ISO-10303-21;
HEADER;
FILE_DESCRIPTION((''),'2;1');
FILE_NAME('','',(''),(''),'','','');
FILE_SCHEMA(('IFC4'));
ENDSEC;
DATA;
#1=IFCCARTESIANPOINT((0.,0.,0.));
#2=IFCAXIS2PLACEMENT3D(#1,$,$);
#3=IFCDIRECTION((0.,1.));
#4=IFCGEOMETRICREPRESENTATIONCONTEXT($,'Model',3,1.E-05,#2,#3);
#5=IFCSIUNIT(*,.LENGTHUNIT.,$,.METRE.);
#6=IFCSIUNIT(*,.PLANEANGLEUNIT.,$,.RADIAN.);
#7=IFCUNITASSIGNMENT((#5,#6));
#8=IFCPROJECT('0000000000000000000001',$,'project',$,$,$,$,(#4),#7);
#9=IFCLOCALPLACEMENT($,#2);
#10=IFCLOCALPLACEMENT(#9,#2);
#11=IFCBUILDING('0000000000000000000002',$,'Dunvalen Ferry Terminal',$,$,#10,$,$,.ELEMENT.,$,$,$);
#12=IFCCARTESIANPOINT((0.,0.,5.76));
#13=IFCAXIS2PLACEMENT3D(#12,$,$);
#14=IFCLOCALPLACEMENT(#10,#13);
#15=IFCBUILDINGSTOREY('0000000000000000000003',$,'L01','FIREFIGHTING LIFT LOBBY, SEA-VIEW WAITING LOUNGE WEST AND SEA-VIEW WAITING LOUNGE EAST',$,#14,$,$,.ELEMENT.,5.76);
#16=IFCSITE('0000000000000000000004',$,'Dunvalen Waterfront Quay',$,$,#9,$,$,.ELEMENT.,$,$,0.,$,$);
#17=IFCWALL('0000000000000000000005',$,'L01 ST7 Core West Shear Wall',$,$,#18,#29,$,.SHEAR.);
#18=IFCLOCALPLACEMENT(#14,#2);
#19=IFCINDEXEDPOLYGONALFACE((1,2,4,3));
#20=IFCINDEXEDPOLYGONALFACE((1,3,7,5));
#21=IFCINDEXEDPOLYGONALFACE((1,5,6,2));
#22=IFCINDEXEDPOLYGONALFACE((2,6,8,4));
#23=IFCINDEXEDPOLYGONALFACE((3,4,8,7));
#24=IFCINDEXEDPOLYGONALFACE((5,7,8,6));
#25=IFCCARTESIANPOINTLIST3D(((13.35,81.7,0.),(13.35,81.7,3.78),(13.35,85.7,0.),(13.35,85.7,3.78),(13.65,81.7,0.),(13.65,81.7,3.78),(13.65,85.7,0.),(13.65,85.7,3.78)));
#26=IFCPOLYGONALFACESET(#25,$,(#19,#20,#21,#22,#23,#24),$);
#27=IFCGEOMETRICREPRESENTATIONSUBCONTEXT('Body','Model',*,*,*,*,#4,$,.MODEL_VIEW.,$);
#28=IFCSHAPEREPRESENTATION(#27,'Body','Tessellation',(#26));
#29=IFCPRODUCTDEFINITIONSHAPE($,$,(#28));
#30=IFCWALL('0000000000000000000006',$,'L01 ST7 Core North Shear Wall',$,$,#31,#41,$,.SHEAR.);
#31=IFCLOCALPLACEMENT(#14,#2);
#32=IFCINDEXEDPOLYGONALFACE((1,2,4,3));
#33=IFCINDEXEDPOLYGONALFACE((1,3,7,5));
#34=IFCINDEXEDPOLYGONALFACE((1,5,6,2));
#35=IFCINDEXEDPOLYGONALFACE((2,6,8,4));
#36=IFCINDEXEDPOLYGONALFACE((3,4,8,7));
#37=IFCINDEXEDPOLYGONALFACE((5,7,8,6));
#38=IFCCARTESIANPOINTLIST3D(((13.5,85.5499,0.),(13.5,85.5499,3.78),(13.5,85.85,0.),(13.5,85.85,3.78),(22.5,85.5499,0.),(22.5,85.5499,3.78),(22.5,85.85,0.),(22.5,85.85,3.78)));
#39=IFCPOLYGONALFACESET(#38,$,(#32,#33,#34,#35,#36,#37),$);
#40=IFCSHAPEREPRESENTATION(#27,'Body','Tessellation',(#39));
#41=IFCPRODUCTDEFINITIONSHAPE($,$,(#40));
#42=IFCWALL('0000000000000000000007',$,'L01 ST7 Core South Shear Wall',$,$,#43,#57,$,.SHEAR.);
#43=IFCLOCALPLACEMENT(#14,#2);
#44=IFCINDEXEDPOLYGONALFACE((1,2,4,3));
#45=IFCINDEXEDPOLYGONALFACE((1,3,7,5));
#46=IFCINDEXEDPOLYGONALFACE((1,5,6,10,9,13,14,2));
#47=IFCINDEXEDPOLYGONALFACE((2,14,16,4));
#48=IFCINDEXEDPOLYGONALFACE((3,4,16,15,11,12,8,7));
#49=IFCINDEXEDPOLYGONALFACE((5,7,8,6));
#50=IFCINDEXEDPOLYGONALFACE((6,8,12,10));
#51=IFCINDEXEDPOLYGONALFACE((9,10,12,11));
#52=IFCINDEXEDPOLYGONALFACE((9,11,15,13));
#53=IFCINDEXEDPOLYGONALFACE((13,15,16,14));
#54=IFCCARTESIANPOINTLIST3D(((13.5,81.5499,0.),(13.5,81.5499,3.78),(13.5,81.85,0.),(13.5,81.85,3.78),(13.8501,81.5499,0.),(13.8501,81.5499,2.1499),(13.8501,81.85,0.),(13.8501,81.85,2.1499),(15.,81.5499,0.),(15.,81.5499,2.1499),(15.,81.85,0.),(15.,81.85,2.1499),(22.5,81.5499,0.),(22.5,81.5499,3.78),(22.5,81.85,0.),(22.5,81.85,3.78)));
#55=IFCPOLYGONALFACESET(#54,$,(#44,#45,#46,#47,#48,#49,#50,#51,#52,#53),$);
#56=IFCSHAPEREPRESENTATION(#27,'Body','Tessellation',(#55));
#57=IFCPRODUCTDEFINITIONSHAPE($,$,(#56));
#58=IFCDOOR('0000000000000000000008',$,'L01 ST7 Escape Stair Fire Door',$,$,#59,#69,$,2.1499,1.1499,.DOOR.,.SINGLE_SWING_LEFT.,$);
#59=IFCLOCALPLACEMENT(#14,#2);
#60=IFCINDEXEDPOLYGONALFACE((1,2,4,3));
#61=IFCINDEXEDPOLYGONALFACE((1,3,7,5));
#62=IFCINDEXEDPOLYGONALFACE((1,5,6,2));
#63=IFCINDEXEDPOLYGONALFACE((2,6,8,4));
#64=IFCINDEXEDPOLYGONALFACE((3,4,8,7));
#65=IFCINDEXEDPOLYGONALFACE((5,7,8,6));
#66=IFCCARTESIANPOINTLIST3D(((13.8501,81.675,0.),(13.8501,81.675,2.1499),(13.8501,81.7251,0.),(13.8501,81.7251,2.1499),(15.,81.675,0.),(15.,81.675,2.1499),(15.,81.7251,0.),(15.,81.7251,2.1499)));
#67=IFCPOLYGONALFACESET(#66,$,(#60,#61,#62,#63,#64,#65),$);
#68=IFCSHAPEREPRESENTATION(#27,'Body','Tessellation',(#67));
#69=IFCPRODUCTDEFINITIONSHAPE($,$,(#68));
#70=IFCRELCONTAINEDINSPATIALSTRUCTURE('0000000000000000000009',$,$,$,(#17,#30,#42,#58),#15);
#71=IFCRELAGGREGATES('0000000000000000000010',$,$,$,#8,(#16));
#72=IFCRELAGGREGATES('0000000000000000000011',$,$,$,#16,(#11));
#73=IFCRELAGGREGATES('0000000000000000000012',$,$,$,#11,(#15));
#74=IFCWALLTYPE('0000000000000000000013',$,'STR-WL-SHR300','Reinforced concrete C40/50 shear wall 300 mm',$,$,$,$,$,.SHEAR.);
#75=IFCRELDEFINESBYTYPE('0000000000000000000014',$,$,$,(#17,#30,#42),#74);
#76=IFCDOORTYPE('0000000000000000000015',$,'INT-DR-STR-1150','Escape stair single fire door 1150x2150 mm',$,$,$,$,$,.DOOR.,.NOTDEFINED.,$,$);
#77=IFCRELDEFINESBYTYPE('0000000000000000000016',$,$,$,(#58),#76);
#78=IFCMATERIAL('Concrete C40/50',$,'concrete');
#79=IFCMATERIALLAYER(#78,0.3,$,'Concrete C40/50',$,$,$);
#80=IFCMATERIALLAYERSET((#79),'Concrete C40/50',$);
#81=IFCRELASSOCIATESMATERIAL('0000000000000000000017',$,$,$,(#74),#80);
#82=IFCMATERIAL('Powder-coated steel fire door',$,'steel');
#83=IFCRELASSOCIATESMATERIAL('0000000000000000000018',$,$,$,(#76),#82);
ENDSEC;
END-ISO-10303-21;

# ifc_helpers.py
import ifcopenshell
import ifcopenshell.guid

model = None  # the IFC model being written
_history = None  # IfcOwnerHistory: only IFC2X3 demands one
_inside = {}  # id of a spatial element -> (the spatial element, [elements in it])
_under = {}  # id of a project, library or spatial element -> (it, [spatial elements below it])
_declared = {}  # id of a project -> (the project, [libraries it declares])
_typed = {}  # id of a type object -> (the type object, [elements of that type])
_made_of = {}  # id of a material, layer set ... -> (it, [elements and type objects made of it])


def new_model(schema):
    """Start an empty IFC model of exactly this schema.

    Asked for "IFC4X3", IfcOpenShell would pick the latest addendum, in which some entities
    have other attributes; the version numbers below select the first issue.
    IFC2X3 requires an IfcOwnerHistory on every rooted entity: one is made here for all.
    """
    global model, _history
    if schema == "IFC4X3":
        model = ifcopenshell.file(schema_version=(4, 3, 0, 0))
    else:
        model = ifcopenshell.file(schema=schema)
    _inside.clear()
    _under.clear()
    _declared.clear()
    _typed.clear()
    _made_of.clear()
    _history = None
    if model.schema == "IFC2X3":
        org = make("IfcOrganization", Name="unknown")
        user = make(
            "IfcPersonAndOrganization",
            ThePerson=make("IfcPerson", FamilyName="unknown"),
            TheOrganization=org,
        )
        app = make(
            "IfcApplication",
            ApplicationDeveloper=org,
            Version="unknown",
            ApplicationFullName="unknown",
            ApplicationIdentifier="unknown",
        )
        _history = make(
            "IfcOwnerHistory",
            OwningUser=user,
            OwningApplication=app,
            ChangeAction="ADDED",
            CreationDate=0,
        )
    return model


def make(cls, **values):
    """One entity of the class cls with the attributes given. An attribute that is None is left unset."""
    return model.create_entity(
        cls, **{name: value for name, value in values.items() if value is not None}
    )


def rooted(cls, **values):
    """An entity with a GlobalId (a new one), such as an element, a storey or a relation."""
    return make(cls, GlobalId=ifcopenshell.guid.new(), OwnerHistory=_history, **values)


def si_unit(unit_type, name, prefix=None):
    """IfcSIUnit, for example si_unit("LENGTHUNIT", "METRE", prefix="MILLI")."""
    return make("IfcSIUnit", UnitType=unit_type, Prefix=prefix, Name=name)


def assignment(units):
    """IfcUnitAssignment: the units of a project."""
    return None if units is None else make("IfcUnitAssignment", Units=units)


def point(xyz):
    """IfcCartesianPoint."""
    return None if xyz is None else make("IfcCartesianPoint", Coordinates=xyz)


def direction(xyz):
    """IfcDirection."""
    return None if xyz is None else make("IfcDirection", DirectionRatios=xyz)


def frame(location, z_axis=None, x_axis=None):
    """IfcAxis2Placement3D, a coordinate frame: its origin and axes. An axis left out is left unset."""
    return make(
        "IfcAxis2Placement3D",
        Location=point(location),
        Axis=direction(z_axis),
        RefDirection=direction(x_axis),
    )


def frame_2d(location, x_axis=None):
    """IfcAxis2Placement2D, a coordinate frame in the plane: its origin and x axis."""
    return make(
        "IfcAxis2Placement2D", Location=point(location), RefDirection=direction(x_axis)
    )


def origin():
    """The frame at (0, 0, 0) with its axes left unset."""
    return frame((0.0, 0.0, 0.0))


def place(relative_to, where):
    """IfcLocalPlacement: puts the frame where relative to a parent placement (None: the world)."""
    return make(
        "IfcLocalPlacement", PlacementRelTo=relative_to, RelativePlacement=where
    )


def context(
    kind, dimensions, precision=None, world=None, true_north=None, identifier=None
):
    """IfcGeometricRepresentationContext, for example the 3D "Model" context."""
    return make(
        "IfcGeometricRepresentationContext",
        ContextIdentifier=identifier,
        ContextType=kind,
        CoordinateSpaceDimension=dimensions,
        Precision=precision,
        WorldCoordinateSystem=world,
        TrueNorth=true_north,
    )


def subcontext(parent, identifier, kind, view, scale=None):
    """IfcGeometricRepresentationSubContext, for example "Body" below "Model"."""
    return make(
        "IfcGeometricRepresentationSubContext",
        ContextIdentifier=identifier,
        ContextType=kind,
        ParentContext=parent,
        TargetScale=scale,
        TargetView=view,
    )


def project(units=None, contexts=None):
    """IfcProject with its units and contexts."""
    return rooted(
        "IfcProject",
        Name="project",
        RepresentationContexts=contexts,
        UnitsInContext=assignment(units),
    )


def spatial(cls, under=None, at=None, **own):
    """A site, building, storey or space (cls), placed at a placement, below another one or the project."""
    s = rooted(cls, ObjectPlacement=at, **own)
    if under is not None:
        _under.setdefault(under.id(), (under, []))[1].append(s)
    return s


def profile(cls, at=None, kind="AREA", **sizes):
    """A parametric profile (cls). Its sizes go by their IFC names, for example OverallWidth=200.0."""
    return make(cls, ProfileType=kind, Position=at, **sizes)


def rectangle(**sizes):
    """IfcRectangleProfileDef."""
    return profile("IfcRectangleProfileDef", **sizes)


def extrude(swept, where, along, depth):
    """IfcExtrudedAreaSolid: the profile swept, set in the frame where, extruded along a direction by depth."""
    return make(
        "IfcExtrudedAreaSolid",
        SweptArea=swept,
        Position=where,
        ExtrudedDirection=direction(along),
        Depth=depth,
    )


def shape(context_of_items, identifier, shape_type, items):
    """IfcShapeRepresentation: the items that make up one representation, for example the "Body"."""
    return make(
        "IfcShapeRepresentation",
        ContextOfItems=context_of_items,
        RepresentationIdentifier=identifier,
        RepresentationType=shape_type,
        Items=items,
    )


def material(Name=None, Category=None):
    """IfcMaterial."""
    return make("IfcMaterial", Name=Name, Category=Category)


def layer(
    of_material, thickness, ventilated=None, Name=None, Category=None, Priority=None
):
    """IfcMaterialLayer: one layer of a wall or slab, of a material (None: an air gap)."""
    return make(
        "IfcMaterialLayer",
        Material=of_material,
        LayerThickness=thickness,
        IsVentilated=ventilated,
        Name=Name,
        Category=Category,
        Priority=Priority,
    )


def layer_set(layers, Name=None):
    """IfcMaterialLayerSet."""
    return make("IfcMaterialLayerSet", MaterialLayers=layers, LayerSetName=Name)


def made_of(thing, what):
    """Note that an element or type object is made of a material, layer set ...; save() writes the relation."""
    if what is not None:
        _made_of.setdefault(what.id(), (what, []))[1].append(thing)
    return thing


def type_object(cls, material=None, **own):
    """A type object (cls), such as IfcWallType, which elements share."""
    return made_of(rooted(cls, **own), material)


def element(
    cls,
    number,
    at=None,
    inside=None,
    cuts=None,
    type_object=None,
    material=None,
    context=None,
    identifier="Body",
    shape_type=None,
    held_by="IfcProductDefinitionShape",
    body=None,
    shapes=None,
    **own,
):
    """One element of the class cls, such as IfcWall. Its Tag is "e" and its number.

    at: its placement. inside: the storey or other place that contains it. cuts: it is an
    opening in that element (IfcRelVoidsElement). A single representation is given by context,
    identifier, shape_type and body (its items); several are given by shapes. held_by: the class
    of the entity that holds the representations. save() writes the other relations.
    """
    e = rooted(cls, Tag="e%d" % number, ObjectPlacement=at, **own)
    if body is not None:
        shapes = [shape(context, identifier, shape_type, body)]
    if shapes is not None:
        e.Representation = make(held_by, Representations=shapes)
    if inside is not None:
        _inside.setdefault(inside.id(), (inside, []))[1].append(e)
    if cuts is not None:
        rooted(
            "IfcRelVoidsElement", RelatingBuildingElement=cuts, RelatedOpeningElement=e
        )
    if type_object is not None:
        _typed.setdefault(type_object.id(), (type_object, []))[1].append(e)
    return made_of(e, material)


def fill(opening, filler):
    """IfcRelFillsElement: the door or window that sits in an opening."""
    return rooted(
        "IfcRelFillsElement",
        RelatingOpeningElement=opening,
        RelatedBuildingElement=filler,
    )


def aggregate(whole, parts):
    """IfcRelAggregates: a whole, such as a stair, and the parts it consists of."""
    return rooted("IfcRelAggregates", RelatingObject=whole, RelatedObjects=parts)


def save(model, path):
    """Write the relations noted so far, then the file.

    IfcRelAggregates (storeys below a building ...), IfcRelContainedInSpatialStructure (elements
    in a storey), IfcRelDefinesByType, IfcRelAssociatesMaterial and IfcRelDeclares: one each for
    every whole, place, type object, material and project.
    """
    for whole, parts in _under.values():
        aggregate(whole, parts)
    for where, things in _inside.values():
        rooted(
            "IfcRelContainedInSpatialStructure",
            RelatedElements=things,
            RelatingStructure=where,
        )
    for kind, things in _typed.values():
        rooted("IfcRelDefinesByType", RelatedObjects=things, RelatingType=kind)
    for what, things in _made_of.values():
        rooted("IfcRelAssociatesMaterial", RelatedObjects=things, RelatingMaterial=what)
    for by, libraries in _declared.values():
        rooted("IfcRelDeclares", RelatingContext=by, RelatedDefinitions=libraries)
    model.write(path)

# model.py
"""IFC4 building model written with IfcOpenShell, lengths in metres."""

from ifc_helpers import new_model, si_unit, direction, frame, frame_2d, origin, place, context, subcontext, project, spatial, rectangle, extrude, material, layer, layer_set, type_object, element, fill, save


model = new_model("IFC4")

# Units and contexts
model_context = context("Model", 3, precision=1e-05, world=origin(), true_north=direction((0.0, 1.0)))
body_context = subcontext(model_context, "Body", "Model", "MODEL_VIEW")
ifc_project = project(units=[si_unit("LENGTHUNIT", "METRE"), si_unit("PLANEANGLEUNIT", "RADIAN")], contexts=[model_context])

# Site, building, storey
site_placement = place(None, origin())
site = spatial("IfcSite", under=ifc_project, at=site_placement, Name="Dunvalen Waterfront Quay", CompositionType="ELEMENT", RefElevation=0.0)
building_placement = place(site_placement, origin())
building = spatial("IfcBuilding", under=site, at=building_placement, Name="Dunvalen Ferry Terminal", CompositionType="ELEMENT")
storey_placement = place(building_placement, frame((0.0, 0.0, 5.76)))
storey = spatial("IfcBuildingStorey", under=building, at=storey_placement, Name="L01", Description="FIREFIGHTING LIFT LOBBY, SEA-VIEW WAITING LOUNGE WEST AND SEA-VIEW WAITING LOUNGE EAST", CompositionType="ELEMENT", Elevation=5.76)

# Walls
ifc_material_1 = material(Name="Concrete C40/50", Category="concrete")
ifc_layer_1 = layer(ifc_material_1, 0.3, Name="Concrete C40/50")
ifc_layer_set_1 = layer_set([ifc_layer_1], Name="Concrete C40/50")
wall_type = type_object("IfcWallType", Name="STR-WL-SHR300", Description="Reinforced concrete C40/50 shear wall 300 mm", PredefinedType="SHEAR", material=ifc_layer_set_1)
wall_1_placement = place(storey_placement, frame((13.5, 81.7, 0.0), z_axis=(0.0, 0.0, 1.0), x_axis=(0.0, 1.0, 0.0)))
element("IfcWall", 1, at=wall_1_placement, inside=storey, type_object=wall_type, Name="L01 ST7 Core West Shear Wall", PredefinedType="SHEAR", context=body_context, shape_type="SweptSolid", body=[
    extrude(rectangle(XDim=4.0, YDim=0.3, at=frame_2d((2.0, 0.0))), origin(), (0.0, 0.0, 1.0), 3.78),
])
wall_2_placement = place(storey_placement, frame((13.5, 85.7, 0.0), z_axis=(0.0, 0.0, 1.0), x_axis=(1.0, 0.0, 0.0)))
element("IfcWall", 2, at=wall_2_placement, inside=storey, type_object=wall_type, Name="L01 ST7 Core North Shear Wall", PredefinedType="SHEAR", context=body_context, shape_type="SweptSolid", body=[
    extrude(rectangle(XDim=9.0, YDim=0.3, at=frame_2d((4.5, 0.0))), origin(), (0.0, 0.0, 1.0), 3.78),
])

# Wall, opening, door
wall_3_placement = place(storey_placement, frame((13.5, 81.7, 0.0), z_axis=(0.0, 0.0, 1.0), x_axis=(1.0, 0.0, 0.0)))
wall_3 = element("IfcWall", 3, at=wall_3_placement, inside=storey, type_object=wall_type, Name="L01 ST7 Core South Shear Wall", PredefinedType="SHEAR", context=body_context, shape_type="SweptSolid", body=[
    extrude(rectangle(XDim=9.0, YDim=0.3, at=frame_2d((4.5, 0.0))), origin(), (0.0, 0.0, 1.0), 3.78),
])
opening_placement = place(wall_3_placement, frame((0.3501, 0.0, 0.0)))
opening = element("IfcOpeningElement", 4, at=opening_placement, cuts=wall_3, PredefinedType="OPENING", context=body_context, shape_type="SweptSolid", body=[
    extrude(rectangle(XDim=1.1499, YDim=2.1499, at=frame_2d((0.575, 1.075))), frame((0.0, 0.1602, 0.0), z_axis=(0.0, -1.0, 0.0), x_axis=(1.0, 0.0, 0.0)), (0.0, 0.0, 1.0), 0.3201),
])
ifc_material_2 = material(Name="Powder-coated steel fire door", Category="steel")
door_type = type_object("IfcDoorType", Name="INT-DR-STR-1150", Description="Escape stair single fire door 1150x2150 mm", OperationType="NOTDEFINED", PredefinedType="DOOR", material=ifc_material_2)
door_placement = place(opening_placement, frame((1.1499, 0.0, 0.0), z_axis=(0.0, 0.0, 1.0), x_axis=(-1.0, 0.0, 0.0)))
door = element("IfcDoor", 5, at=door_placement, inside=storey, type_object=door_type, Name="L01 ST7 Escape Stair Fire Door", OperationType="SINGLE_SWING_LEFT", OverallHeight=2.1499, OverallWidth=1.1499, PredefinedType="DOOR", context=body_context, shape_type="SweptSolid", body=[
    extrude(rectangle(XDim=1.1499, YDim=2.1499, at=frame_2d((0.575, 1.075))), frame((0.0, 0.0249, 0.0), z_axis=(0.0, -1.0, 0.0), x_axis=(1.0, 0.0, 0.0)), (0.0, 0.0, 1.0), 0.05),
])
fill(opening, door)

save(model, "model.ifc")
